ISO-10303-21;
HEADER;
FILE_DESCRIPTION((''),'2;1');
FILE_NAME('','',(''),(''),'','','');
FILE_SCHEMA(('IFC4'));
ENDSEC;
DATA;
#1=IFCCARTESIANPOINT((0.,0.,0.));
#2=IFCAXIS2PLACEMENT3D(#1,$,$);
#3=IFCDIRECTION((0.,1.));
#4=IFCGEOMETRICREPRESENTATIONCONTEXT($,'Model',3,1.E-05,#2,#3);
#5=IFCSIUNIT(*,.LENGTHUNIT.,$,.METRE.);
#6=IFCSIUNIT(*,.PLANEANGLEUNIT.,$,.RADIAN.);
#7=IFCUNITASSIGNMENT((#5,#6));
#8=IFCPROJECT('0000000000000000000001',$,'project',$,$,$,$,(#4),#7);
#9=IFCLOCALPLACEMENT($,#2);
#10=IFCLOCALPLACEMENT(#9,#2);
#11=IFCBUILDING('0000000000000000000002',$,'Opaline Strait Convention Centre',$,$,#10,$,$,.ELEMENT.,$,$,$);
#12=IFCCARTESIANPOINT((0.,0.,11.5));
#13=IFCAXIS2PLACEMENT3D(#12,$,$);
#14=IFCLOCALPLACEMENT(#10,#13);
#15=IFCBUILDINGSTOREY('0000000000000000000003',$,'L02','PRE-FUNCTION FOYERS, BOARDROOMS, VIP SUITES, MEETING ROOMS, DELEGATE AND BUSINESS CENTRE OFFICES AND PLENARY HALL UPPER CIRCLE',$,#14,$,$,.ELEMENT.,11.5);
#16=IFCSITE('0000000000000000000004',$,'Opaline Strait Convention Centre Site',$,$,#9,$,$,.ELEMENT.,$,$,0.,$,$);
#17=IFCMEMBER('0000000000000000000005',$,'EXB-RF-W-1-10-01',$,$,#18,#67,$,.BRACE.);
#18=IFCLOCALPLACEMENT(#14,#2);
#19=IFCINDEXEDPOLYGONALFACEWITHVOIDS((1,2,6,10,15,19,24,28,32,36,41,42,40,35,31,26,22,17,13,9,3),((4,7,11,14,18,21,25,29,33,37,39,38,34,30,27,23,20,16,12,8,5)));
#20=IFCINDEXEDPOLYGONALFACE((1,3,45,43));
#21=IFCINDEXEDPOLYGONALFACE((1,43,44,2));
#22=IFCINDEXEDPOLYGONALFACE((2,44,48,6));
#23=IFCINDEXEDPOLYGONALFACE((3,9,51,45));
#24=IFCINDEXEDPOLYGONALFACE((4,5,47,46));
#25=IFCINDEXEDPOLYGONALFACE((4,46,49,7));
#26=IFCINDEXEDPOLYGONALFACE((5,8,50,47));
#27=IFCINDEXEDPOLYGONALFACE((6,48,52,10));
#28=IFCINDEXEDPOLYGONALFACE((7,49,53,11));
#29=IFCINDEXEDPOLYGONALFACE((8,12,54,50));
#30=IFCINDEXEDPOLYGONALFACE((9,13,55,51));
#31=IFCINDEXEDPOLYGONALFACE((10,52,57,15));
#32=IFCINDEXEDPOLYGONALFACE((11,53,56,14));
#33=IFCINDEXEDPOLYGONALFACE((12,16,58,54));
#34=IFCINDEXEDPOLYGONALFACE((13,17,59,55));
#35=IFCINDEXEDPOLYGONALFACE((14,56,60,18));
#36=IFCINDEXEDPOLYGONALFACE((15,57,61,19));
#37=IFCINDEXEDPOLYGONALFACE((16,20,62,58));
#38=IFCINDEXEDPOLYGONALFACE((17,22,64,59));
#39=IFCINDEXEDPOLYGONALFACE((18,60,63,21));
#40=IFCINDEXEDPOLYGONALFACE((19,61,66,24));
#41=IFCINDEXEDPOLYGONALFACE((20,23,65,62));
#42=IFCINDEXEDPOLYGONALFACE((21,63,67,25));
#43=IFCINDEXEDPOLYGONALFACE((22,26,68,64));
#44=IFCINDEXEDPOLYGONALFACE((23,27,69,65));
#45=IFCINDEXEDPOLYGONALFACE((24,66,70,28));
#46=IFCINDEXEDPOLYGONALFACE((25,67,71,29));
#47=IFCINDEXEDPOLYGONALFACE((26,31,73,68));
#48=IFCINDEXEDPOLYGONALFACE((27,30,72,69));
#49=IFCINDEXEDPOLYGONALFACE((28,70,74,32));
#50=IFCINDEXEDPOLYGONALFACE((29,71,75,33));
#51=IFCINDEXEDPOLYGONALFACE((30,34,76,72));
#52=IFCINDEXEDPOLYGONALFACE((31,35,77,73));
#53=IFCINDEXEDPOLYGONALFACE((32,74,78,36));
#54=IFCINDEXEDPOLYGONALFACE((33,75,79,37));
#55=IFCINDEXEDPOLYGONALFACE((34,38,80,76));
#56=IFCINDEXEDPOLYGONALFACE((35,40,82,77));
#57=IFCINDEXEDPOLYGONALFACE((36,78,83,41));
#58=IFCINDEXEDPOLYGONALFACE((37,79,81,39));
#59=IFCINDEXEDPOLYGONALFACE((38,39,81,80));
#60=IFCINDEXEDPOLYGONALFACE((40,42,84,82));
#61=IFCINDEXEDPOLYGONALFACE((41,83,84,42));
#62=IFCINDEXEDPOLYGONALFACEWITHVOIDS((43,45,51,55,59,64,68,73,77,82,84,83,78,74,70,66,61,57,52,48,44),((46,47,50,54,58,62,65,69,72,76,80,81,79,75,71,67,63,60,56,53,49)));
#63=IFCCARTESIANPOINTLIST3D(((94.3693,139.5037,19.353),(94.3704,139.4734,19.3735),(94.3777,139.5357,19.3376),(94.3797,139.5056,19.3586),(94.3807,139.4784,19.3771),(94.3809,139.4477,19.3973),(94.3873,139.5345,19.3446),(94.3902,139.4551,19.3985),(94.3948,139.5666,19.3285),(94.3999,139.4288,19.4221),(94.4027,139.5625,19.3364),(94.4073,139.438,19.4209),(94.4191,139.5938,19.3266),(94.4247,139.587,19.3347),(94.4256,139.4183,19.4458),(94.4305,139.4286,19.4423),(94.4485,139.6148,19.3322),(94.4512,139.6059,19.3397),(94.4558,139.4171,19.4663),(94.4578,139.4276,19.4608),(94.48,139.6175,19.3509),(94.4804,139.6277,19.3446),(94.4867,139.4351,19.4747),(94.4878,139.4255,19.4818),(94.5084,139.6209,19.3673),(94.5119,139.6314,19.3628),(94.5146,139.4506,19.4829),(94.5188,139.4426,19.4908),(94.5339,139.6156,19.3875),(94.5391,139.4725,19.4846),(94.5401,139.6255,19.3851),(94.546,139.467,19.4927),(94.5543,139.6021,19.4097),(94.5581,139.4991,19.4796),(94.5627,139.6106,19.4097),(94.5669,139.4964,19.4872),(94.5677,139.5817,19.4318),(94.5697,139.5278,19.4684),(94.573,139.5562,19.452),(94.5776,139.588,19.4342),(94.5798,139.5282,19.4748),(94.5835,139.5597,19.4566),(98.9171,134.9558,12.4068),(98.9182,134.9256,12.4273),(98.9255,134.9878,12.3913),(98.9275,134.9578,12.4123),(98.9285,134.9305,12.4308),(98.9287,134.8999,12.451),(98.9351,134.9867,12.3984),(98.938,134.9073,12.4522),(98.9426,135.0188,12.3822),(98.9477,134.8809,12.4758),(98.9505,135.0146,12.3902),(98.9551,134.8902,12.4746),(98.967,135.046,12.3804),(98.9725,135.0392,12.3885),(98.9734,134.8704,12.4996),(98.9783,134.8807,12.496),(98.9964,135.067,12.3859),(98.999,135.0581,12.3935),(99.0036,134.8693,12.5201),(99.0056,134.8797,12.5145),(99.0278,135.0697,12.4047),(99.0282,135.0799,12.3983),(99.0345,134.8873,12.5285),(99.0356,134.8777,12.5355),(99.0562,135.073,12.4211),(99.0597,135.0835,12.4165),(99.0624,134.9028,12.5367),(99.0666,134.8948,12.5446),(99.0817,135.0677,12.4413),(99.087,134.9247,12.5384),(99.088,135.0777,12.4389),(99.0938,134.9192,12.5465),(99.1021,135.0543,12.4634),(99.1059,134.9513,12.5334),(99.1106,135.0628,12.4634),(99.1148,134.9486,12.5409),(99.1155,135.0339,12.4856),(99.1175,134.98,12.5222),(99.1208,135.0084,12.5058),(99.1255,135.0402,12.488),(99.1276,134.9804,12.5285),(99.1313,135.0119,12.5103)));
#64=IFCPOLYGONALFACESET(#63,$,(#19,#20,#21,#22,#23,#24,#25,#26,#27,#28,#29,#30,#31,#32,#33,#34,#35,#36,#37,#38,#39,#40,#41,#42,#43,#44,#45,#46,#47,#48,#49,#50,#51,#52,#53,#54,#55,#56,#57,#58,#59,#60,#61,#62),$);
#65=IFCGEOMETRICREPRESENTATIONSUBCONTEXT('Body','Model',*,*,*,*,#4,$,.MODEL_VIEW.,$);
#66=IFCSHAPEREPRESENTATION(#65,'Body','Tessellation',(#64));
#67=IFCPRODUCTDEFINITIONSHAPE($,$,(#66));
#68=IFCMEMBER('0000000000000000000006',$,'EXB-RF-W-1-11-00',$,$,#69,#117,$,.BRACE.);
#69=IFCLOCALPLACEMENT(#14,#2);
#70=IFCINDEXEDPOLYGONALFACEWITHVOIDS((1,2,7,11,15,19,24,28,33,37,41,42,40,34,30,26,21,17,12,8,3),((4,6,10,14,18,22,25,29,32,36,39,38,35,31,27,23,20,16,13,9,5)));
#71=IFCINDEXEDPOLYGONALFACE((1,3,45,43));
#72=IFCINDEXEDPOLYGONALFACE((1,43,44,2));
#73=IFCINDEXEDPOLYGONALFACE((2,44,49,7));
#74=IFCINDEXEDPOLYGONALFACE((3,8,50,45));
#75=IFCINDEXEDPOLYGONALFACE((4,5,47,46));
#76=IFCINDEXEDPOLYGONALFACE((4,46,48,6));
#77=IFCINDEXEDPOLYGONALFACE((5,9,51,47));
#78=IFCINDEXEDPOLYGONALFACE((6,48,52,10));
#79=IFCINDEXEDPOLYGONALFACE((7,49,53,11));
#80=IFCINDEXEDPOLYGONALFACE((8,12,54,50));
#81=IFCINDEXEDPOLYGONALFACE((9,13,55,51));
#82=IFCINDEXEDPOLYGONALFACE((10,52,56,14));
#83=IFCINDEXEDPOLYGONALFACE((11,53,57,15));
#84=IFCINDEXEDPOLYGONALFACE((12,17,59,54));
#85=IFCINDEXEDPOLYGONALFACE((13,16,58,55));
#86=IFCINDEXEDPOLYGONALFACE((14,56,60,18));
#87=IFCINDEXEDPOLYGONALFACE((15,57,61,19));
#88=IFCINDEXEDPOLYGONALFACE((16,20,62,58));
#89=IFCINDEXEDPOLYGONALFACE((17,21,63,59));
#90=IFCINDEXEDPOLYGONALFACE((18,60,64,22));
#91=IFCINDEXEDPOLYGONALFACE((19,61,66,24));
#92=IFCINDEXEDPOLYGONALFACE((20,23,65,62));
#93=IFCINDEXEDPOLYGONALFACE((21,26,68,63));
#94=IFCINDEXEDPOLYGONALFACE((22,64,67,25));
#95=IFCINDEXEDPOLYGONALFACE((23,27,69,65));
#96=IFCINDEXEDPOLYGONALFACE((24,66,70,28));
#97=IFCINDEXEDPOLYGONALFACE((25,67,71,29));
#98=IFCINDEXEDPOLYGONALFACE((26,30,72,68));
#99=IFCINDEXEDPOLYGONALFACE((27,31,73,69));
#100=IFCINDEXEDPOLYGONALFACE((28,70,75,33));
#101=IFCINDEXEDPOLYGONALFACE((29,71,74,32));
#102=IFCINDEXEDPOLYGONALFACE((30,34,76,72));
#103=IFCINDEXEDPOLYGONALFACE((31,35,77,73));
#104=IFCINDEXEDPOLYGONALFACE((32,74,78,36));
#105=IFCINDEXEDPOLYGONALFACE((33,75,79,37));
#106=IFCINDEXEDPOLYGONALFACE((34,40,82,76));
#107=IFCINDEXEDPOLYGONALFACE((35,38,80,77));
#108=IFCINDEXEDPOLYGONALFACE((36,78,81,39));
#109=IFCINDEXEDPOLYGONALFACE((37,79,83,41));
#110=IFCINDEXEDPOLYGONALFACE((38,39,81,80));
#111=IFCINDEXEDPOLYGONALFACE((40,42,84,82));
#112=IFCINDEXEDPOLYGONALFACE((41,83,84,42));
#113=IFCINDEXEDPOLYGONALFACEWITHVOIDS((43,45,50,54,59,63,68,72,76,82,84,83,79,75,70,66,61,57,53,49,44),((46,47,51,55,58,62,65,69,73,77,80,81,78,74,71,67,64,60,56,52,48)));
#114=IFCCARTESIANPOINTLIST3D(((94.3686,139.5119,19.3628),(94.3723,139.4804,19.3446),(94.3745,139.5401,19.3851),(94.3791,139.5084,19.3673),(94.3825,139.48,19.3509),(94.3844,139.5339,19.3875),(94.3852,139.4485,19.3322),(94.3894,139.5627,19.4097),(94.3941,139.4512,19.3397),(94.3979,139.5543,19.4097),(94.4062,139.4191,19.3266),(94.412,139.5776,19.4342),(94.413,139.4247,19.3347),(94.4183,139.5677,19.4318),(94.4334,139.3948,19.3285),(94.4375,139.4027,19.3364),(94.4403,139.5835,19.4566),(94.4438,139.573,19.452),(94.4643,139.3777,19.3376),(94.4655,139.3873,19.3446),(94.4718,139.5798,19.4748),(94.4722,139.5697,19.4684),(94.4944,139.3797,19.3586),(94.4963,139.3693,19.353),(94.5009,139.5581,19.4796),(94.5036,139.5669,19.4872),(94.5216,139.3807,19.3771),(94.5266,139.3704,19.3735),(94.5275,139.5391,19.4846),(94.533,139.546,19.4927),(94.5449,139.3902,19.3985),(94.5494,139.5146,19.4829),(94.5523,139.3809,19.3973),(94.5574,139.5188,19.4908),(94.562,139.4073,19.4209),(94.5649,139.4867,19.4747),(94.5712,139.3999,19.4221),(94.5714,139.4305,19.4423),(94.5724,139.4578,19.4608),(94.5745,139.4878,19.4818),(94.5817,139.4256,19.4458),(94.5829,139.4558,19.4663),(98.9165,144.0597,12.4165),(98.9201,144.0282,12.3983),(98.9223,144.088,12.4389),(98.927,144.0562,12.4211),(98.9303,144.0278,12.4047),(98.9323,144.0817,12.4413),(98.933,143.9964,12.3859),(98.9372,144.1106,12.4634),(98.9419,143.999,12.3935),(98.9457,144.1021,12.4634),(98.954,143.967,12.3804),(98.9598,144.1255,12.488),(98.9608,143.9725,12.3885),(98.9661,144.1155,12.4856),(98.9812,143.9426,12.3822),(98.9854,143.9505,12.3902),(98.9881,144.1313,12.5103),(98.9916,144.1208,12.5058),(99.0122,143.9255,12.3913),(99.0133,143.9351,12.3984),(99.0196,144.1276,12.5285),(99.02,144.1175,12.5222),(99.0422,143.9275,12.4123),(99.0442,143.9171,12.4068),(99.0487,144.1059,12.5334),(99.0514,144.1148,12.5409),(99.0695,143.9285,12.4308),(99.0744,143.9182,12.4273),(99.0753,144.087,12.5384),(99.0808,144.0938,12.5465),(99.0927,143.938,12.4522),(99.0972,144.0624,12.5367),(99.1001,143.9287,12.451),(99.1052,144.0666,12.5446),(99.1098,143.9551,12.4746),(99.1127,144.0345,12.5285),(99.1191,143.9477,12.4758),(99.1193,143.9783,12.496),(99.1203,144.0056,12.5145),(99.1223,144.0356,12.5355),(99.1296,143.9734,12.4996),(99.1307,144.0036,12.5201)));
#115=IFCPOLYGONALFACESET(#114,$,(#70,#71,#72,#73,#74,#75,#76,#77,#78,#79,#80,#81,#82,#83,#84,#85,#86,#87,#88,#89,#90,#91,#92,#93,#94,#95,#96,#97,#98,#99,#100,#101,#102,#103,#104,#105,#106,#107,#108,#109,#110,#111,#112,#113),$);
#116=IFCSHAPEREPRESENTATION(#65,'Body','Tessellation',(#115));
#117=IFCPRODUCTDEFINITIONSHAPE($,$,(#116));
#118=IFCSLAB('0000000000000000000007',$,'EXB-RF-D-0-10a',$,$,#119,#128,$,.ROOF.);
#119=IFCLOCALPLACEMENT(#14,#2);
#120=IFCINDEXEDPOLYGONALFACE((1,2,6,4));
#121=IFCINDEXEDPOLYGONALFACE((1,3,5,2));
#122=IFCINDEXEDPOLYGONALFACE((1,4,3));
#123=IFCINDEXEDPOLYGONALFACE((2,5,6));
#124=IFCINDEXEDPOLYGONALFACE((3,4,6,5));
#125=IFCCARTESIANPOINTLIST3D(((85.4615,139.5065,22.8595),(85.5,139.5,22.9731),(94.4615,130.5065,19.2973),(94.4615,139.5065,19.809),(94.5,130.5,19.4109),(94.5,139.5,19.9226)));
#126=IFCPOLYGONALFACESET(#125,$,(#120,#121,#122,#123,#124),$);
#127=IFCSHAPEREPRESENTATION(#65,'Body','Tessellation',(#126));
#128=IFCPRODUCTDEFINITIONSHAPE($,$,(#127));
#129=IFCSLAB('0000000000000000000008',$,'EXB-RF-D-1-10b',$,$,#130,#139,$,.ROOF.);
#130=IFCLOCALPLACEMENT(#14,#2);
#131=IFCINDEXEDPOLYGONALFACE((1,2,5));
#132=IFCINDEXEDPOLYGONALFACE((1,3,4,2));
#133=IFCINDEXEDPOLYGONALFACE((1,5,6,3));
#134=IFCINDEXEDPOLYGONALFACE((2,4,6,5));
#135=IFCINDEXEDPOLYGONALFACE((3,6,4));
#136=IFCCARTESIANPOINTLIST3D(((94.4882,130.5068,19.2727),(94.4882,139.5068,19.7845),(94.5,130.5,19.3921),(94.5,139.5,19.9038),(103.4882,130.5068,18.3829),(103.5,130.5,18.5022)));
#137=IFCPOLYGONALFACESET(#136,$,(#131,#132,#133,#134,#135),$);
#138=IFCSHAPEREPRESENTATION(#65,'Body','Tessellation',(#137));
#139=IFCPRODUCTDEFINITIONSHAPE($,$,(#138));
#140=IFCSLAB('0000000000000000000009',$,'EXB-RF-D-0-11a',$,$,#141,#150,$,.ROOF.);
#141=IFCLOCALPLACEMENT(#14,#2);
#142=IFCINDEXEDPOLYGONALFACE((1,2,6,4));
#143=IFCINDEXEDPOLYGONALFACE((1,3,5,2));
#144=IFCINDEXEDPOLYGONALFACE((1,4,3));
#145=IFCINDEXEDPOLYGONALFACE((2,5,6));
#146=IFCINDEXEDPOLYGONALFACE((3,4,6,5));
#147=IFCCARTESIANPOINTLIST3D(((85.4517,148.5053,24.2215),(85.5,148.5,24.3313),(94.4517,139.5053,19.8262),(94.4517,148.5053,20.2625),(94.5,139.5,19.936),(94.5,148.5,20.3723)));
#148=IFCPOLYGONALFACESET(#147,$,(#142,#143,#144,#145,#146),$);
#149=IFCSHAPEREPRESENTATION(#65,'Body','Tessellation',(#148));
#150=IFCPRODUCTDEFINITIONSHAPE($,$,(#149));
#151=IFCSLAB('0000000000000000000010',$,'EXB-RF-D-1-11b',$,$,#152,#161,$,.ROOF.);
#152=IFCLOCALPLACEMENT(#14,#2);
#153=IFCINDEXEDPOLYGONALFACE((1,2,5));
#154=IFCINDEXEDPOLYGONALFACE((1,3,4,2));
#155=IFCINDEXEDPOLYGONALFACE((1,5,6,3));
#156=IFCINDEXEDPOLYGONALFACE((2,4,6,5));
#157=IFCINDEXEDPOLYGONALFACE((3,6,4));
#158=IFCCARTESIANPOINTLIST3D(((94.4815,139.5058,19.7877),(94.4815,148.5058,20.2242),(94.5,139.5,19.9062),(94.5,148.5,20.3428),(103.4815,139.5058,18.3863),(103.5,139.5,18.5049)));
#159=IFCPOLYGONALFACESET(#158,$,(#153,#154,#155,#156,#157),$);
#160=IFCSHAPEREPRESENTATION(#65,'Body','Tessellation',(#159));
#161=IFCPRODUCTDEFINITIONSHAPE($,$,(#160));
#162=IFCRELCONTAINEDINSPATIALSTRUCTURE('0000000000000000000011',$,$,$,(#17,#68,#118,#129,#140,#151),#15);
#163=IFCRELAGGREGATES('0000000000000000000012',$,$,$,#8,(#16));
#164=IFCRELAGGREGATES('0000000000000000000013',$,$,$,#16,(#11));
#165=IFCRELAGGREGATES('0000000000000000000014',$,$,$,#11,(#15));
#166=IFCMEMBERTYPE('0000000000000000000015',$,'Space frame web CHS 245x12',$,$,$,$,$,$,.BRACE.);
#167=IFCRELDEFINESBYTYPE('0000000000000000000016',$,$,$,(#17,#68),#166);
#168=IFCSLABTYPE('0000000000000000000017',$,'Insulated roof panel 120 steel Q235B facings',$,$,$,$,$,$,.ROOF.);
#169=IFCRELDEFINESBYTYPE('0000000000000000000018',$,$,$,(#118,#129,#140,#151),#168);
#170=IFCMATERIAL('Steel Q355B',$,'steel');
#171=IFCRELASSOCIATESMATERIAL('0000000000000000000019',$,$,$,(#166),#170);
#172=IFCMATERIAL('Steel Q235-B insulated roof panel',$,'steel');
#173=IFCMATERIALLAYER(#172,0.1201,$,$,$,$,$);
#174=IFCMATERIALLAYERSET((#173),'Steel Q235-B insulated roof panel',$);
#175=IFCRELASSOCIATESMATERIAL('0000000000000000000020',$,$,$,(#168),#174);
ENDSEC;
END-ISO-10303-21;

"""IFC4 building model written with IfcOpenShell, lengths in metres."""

from ifc_helpers import new_model, si_unit, direction, frame, origin, origin_2d, place, context, subcontext, project, spatial, polyline, hollow_circle, outline, extrude, material, layer, layer_set, material_profile, profile_set, type_object, element, save


model = new_model("IFC4")

# Units and contexts
model_context = context("Model", 3, precision=1e-05, world=origin(), true_north=direction((0.0, 1.0)))
body_context = subcontext(model_context, "Body", "Model", "MODEL_VIEW")
ifc_project = project(units=[si_unit("LENGTHUNIT", "METRE"), si_unit("PLANEANGLEUNIT", "RADIAN")], contexts=[model_context])

# Site, building, storey
site_placement = place(None, origin())
site = spatial("IfcSite", under=ifc_project, at=site_placement, Name="Opaline Strait Convention Centre Site", CompositionType="ELEMENT", RefElevation=0.0)
building_placement = place(site_placement, origin())
building = spatial("IfcBuilding", under=site, at=building_placement, Name="Opaline Strait Convention Centre", CompositionType="ELEMENT")
storey_placement = place(building_placement, frame((0.0, 0.0, 11.5)))
storey = spatial("IfcBuildingStorey", under=building, at=storey_placement, Name="L02", Description="PRE-FUNCTION FOYERS, BOARDROOMS, VIP SUITES, MEETING ROOMS, DELEGATE AND BUSINESS CENTRE OFFICES AND PLENARY HALL UPPER CIRCLE", CompositionType="ELEMENT", Elevation=11.5)

# Members
ifc_material_1 = material(Name="Steel Q355B", Category="steel")
ifc_material_profile_1 = material_profile(ifc_material_1, hollow_circle(Radius=0.1226, WallThickness=0.012, at=origin_2d()), Name="CHS 245x12")
ifc_profile_set_1 = profile_set([ifc_material_profile_1], Name="Steel Q355B")
member_type_1 = type_object("IfcMemberType", Name="Space frame web CHS 245x12", PredefinedType="BRACE", material=ifc_profile_set_1)
for number, where, z_axis, x_axis, name in (
    (1, (94.4761, 139.5239, 19.4097), (0.480409, -0.480409, -0.733767), (0.707107, 0.707107, 0.0), "EXB-RF-W-1-10-01"),
    (2, (94.4761, 139.4761, 19.4097), (0.480409, 0.480409, -0.733767), (-0.707107, 0.707107, 0.0), "EXB-RF-W-1-11-00"),
):
    element("IfcMember", number, at=place(storey_placement, frame(where, z_axis=z_axis, x_axis=x_axis)), inside=storey, type_object=member_type_1, Name=name, PredefinedType="BRACE", context=body_context, shape_type="SweptSolid", body=[
        extrude(hollow_circle(Radius=0.1226, WallThickness=0.012, at=origin_2d()), origin(), (0.0, 0.0, 1.0), 9.4666),
    ])

# Slabs
ifc_material_2 = material(Name="Steel Q235-B insulated roof panel", Category="steel")
ifc_layer = layer(ifc_material_2, 0.1201)
ifc_layer_set = layer_set([ifc_layer], Name="Steel Q235-B insulated roof panel")
slab_type = type_object("IfcSlabType", Name="Insulated roof panel 120 steel Q235B facings", PredefinedType="ROOF", material=ifc_layer_set)
slab_1_placement = place(storey_placement, frame((94.5, 130.5, 19.4109), z_axis=(0.320546, -0.053771, 0.945706), x_axis=(0.0, 0.998388, 0.056766)))
element("IfcSlab", 3, at=slab_1_placement, inside=storey, type_object=slab_type, Name="EXB-RF-D-0-10a", PredefinedType="ROOF", context=body_context, shape_type="SweptSolid", body=[
    extrude(outline(polyline([(0.0, 0.0), (9.0145, 0.0), (9.1877, 9.5014), (0.0, 0.0)])), origin(), (0.0, 0.0, -1.0), 0.1201),
])
slab_2_placement = place(storey_placement, frame((94.5, 130.5, 19.3921), z_axis=(0.09824, -0.056491, 0.993558), x_axis=(0.995147, 0.0, -0.098397)))
element("IfcSlab", 4, at=slab_2_placement, inside=storey, type_object=slab_type, Name="EXB-RF-D-1-10b", PredefinedType="ROOF", context=body_context, shape_type="SweptSolid", body=[
    extrude(outline(polyline([(0.0, 0.0), (9.0439, 0.0), (-0.0504, 9.0144), (0.0, 0.0)])), origin(), (0.0, 0.0, -1.0), 0.1201),
])
slab_3_placement = place(storey_placement, frame((94.5, 139.5, 19.936), z_axis=(0.402256, -0.044329, 0.914453), x_axis=(0.0, 0.998827, 0.048419)))
element("IfcSlab", 5, at=slab_3_placement, inside=storey, type_object=slab_type, Name="EXB-RF-D-0-11a", PredefinedType="ROOF", context=body_context, shape_type="SweptSolid", body=[
    extrude(outline(polyline([(0.0, 0.0), (9.0106, 0.0), (9.2023, 9.8304), (0.0, 0.0)])), origin(), (0.0, 0.0, -1.0), 0.1201),
])
slab_4_placement = place(storey_placement, frame((94.5, 139.5, 19.9062), z_axis=(0.153677, -0.04787, 0.986961), x_axis=(0.988094, 0.0, -0.153854)))
element("IfcSlab", 6, at=slab_4_placement, inside=storey, type_object=slab_type, Name="EXB-RF-D-1-11b", PredefinedType="ROOF", context=body_context, shape_type="SweptSolid", body=[
    extrude(outline(polyline([(0.0, 0.0), (9.1084, 0.0), (-0.0672, 9.0103), (0.0, 0.0)])), origin(), (0.0, 0.0, -1.0), 0.1201),
])

save(model, "model.ifc")
